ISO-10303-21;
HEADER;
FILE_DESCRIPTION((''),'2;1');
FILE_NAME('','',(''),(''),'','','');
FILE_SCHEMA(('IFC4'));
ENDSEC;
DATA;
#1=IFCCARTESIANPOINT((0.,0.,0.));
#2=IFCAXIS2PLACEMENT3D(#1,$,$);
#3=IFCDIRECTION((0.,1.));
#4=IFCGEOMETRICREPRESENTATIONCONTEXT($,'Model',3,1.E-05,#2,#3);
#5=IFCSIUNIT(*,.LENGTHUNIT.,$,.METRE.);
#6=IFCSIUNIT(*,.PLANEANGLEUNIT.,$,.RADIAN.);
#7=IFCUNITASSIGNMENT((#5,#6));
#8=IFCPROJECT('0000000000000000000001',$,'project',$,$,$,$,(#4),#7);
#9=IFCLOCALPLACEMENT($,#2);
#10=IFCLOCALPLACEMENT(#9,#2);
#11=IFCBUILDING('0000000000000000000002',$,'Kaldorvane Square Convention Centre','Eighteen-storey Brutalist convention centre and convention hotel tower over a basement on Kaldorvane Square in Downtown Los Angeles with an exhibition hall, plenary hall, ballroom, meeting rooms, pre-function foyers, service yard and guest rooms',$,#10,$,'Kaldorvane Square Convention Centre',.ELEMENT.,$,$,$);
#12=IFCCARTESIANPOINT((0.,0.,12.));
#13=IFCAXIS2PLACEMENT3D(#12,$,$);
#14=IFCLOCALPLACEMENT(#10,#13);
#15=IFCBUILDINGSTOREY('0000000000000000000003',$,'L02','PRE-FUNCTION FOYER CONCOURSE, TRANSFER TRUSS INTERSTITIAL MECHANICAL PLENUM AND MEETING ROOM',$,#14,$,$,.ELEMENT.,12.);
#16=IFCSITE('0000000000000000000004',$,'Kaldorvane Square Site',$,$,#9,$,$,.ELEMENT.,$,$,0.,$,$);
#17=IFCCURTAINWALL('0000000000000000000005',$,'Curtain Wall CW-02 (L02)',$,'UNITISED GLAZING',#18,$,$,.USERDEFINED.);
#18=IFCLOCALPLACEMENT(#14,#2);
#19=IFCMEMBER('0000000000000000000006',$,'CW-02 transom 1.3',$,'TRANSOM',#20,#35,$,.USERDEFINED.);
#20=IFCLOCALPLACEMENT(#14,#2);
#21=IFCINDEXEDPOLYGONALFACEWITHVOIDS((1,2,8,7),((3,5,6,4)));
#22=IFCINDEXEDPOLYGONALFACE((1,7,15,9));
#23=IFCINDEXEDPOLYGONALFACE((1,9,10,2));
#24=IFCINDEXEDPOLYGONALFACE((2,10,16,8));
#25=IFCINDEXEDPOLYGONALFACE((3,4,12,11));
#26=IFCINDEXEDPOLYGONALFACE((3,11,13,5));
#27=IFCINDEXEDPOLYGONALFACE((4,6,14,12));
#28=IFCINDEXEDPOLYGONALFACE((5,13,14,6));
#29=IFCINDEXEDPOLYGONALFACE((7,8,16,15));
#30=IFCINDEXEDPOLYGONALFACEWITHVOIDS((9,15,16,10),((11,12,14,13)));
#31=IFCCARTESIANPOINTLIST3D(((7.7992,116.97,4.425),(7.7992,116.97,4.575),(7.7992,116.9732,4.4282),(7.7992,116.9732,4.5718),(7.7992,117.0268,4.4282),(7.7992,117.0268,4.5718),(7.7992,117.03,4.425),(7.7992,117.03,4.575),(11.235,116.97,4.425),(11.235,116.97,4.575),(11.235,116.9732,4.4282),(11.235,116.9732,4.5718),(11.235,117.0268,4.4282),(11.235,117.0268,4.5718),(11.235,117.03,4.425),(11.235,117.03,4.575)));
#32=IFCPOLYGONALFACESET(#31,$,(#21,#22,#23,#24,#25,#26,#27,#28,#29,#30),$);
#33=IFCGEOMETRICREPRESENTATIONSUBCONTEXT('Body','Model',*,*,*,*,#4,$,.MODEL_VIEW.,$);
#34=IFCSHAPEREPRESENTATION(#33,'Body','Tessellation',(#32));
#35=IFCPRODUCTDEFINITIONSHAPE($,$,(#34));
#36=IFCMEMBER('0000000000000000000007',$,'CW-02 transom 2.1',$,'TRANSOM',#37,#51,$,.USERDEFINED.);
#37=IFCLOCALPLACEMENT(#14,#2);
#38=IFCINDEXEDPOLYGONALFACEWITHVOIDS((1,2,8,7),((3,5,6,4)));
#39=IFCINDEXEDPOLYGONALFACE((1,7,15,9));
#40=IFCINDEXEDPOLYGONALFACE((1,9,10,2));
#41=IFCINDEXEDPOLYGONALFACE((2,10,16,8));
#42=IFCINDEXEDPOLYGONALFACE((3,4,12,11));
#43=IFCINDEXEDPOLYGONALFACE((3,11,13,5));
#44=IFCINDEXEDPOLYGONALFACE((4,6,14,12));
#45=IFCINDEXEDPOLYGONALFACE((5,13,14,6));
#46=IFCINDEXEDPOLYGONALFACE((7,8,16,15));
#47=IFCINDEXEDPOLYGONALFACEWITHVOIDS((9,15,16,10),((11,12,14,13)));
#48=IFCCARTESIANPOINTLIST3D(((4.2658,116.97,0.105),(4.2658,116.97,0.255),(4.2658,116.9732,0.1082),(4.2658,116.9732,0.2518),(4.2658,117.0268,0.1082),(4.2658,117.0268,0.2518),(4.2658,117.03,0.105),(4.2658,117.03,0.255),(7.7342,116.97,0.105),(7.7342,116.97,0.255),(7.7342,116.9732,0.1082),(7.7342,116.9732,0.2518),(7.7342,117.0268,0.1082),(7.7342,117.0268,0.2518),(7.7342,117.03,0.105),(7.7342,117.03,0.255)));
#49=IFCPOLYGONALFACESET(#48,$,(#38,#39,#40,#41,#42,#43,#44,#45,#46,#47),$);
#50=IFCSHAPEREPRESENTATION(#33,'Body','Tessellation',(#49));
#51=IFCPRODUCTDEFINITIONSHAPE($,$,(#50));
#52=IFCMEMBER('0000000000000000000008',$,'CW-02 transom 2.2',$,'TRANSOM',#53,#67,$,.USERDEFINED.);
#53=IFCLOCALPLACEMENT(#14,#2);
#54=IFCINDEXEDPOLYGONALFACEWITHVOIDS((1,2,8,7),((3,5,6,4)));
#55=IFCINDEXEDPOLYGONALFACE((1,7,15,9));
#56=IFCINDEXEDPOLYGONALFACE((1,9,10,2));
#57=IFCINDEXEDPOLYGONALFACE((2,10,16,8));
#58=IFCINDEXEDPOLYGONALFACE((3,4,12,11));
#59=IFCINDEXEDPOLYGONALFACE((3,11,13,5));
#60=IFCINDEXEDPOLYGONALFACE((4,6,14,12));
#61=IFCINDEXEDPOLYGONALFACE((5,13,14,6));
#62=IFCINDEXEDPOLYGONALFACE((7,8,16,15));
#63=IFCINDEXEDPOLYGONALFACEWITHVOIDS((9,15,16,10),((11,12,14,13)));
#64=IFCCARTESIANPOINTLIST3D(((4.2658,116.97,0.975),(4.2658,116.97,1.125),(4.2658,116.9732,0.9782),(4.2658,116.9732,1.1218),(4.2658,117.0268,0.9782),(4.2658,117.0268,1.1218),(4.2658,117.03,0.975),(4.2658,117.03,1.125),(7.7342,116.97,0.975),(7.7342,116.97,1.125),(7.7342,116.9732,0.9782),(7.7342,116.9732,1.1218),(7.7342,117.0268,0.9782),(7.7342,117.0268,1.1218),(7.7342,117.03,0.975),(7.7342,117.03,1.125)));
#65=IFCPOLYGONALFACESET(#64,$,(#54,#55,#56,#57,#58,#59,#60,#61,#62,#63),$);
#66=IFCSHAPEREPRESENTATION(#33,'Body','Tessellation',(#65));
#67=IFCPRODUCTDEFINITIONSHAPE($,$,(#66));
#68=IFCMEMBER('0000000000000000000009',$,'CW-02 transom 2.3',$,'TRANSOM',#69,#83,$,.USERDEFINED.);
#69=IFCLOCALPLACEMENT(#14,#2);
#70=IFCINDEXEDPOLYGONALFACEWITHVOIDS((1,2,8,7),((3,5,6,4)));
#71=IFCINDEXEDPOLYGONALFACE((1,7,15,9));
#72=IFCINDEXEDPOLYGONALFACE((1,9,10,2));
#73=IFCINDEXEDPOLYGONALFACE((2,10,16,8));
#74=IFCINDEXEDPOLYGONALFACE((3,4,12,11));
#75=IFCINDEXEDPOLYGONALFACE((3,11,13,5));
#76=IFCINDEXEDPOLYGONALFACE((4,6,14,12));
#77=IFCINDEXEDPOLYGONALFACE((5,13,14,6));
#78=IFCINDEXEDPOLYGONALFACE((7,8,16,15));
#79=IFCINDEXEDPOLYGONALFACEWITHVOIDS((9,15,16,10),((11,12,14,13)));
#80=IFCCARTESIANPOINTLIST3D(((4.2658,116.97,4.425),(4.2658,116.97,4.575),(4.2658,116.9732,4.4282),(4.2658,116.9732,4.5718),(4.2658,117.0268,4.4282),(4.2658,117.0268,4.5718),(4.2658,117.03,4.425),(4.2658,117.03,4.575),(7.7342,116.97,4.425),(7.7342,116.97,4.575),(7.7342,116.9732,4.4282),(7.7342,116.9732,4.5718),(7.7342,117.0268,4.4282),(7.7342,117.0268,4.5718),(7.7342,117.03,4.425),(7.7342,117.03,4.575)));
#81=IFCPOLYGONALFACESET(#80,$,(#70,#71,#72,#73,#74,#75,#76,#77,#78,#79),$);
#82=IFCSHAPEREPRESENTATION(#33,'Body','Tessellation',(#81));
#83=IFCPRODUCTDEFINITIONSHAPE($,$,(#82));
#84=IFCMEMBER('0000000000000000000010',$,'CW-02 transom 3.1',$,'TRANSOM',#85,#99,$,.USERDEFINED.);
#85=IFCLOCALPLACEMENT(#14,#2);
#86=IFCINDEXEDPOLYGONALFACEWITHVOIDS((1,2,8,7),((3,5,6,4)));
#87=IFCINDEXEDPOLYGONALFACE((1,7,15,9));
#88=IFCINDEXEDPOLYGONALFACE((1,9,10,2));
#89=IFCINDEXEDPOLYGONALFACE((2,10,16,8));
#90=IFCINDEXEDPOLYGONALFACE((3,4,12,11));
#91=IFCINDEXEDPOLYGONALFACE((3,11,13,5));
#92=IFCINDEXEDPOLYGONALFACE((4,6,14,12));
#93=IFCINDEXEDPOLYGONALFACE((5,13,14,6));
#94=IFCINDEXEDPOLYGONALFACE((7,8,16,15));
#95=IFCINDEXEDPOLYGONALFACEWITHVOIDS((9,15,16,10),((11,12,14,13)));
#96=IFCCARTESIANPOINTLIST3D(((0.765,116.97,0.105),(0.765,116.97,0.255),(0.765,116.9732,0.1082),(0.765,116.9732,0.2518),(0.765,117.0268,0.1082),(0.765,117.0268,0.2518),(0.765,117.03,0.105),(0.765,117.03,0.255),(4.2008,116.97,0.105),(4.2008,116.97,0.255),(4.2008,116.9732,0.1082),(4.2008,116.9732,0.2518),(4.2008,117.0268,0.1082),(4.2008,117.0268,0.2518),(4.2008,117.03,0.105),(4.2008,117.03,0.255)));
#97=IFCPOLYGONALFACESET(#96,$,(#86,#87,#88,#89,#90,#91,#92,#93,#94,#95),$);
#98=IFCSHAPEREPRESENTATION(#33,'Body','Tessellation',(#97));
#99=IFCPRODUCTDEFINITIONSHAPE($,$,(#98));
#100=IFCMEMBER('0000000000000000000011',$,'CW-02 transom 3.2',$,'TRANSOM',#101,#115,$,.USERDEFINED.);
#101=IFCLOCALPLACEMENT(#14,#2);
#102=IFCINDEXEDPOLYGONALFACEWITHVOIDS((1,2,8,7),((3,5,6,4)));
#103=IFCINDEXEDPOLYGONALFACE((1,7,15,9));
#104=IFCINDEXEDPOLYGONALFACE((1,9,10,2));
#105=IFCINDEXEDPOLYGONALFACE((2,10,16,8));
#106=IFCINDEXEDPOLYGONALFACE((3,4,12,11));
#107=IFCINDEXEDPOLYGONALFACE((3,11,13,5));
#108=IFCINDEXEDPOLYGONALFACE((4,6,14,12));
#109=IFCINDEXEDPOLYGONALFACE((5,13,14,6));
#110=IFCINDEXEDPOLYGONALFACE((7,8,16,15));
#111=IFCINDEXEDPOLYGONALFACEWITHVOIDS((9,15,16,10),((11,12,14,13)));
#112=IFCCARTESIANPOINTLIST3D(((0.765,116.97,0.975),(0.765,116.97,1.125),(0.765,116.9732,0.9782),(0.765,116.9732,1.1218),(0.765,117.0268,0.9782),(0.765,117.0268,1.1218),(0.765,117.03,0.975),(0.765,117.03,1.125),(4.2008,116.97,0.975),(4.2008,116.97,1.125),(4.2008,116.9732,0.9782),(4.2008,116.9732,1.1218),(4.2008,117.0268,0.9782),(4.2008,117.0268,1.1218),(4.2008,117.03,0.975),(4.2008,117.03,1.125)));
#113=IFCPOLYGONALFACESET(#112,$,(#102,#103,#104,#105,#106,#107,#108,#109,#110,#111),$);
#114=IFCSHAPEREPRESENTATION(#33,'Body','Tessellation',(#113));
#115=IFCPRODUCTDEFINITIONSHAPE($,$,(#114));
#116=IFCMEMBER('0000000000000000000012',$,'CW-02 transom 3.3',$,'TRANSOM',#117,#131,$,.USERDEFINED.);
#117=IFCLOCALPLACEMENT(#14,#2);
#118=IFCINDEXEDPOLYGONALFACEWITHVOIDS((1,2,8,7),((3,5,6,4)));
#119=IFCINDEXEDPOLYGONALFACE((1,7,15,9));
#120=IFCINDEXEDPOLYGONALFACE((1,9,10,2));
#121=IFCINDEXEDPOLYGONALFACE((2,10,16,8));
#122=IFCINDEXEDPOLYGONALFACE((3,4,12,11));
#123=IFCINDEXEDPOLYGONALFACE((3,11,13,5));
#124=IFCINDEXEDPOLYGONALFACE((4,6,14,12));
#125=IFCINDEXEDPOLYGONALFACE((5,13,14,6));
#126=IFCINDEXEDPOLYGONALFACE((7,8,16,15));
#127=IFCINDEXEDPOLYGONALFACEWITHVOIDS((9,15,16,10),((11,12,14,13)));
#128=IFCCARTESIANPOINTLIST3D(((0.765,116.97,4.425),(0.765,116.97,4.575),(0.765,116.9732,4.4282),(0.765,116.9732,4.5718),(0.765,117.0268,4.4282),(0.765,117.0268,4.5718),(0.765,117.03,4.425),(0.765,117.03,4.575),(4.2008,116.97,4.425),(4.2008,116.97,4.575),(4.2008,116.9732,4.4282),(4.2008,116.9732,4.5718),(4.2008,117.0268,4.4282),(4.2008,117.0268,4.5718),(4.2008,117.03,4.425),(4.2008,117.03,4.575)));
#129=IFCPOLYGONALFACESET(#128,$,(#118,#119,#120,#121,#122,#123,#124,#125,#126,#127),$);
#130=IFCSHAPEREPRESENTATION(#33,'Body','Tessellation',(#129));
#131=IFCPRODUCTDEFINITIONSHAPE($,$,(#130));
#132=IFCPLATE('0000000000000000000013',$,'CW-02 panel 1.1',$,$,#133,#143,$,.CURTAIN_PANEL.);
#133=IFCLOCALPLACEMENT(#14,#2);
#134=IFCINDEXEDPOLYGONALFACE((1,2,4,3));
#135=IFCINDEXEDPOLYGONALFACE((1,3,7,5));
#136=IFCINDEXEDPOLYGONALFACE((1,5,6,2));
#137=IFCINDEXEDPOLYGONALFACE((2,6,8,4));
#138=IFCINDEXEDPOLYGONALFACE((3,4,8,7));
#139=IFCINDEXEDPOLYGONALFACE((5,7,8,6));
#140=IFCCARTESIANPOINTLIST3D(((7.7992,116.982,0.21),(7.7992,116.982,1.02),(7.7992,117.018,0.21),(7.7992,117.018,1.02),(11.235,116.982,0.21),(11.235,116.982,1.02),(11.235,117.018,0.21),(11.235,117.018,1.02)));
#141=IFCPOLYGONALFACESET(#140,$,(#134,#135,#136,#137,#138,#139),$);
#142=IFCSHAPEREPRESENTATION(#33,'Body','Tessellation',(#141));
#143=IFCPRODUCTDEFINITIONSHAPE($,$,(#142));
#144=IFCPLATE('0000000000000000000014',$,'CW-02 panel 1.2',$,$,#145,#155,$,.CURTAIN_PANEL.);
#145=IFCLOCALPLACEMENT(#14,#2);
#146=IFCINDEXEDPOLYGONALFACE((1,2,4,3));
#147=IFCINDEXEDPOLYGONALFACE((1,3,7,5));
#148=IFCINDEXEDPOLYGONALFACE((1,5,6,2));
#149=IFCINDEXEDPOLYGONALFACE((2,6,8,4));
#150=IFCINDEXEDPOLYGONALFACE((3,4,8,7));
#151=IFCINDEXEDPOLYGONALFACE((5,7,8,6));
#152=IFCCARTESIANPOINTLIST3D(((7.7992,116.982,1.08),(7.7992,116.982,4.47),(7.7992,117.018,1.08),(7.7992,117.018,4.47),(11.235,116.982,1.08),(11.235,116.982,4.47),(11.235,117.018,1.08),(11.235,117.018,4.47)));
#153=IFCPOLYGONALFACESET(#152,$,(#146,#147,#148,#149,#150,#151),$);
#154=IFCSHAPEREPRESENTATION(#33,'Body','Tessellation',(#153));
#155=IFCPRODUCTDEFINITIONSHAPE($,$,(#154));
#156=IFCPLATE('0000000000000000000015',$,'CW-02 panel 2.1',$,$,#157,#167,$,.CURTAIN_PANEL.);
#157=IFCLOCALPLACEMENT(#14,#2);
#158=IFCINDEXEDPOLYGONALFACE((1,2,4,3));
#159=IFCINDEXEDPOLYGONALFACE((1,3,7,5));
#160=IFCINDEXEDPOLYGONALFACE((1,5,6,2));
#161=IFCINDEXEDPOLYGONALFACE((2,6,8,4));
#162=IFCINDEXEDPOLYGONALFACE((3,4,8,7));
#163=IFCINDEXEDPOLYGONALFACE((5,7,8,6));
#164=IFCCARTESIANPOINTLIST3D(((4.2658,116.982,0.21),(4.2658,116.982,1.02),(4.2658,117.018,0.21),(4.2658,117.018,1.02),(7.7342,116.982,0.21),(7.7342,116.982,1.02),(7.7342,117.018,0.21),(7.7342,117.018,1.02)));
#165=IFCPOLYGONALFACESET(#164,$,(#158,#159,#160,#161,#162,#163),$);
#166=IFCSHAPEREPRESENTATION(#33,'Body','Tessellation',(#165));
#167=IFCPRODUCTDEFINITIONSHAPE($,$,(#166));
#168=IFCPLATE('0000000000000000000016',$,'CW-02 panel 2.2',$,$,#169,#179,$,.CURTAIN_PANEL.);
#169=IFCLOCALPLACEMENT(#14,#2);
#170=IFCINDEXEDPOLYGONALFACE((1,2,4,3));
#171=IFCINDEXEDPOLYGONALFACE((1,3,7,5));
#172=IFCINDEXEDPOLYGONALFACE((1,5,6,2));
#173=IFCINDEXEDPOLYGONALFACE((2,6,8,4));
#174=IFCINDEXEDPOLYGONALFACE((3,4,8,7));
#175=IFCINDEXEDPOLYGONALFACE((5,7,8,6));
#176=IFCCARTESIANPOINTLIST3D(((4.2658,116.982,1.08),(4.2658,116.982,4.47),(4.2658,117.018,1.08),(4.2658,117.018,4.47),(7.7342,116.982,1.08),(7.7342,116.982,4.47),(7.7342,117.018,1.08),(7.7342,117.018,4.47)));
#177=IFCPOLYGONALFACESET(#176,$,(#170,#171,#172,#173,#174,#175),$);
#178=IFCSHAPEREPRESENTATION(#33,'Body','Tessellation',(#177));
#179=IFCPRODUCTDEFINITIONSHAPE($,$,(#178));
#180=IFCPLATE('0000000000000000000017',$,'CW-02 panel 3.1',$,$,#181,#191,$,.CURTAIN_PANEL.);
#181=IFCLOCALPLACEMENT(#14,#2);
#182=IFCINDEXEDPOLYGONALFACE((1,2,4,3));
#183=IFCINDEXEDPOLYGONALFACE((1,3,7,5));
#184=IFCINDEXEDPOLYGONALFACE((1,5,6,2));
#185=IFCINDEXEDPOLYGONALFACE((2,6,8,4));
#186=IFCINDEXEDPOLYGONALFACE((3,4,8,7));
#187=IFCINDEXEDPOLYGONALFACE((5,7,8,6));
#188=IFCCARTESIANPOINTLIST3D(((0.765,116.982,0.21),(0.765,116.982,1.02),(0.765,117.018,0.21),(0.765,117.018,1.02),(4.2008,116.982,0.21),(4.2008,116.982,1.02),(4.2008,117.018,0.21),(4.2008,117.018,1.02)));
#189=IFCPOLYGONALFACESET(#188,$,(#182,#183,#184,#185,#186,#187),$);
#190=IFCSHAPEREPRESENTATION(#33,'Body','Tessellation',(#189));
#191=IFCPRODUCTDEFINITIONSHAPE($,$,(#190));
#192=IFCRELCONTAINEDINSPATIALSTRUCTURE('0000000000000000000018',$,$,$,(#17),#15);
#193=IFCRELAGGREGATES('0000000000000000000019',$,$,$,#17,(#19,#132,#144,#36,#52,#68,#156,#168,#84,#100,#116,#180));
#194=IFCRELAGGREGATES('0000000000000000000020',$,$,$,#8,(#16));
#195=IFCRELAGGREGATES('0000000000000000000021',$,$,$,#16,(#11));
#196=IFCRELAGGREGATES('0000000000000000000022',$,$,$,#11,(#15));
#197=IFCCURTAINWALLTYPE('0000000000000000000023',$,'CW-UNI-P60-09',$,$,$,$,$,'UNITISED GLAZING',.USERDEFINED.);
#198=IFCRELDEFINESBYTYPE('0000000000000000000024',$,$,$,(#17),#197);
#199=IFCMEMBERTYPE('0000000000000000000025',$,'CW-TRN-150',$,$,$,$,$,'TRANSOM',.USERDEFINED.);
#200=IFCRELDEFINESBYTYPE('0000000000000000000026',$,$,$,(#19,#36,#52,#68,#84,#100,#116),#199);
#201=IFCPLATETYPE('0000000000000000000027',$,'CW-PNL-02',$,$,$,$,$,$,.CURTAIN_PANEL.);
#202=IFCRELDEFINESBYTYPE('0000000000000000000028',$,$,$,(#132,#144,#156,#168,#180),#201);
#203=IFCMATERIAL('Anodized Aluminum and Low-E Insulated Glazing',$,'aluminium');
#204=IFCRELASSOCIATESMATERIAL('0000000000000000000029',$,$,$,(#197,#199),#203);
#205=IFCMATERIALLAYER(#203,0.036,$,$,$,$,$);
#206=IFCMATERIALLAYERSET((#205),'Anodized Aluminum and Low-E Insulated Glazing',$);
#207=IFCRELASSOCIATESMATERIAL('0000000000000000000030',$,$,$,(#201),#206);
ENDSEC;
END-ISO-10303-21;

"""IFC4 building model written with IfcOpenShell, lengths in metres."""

from ifc_helpers import new_model, si_unit, direction, frame, origin, origin_2d, place, context, subcontext, project, spatial, rectangle, hollow_rectangle, extrude, material, layer, layer_set, material_profile, profile_set, type_object, element, aggregate, save


model = new_model("IFC4")

# Units and contexts
model_context = context("Model", 3, precision=1e-05, world=origin(), true_north=direction((0.0, 1.0)))
body_context = subcontext(model_context, "Body", "Model", "MODEL_VIEW")
ifc_project = project(units=[si_unit("LENGTHUNIT", "METRE"), si_unit("PLANEANGLEUNIT", "RADIAN")], contexts=[model_context])

# Site, building, storey
site_placement = place(None, origin())
site = spatial("IfcSite", under=ifc_project, at=site_placement, Name="Kaldorvane Square Site", CompositionType="ELEMENT", RefElevation=0.0)
building_placement = place(site_placement, origin())
building = spatial("IfcBuilding", under=site, at=building_placement, Name="Kaldorvane Square Convention Centre", Description="Eighteen-storey Brutalist convention centre and convention hotel tower over a basement on Kaldorvane Square in Downtown Los Angeles with an exhibition hall, plenary hall, ballroom, meeting rooms, pre-function foyers, service yard and guest rooms", LongName="Kaldorvane Square Convention Centre", CompositionType="ELEMENT")
storey_placement = place(building_placement, frame((0.0, 0.0, 12.0)))
storey = spatial("IfcBuildingStorey", under=building, at=storey_placement, Name="L02", Description="PRE-FUNCTION FOYER CONCOURSE, TRANSFER TRUSS INTERSTITIAL MECHANICAL PLENUM AND MEETING ROOM", CompositionType="ELEMENT", Elevation=12.0)

# Curtain wall, members, plates
ifc_material_1 = material(Name="Anodized Aluminum and Low-E Insulated Glazing", Category="aluminium")
curtain_wall_type = type_object("IfcCurtainWallType", Name="CW-UNI-P60-09", ElementType="UNITISED GLAZING", PredefinedType="USERDEFINED", material=ifc_material_1)
curtain_wall_placement = place(storey_placement, origin())
curtain_wall = element("IfcCurtainWall", 1, at=curtain_wall_placement, inside=storey, type_object=curtain_wall_type, Name="Curtain Wall CW-02 (L02)", ObjectType="UNITISED GLAZING", PredefinedType="USERDEFINED")
ifc_material_profile_1 = material_profile(ifc_material_1, hollow_rectangle(XDim=0.06, YDim=0.15, WallThickness=0.0032, at=origin_2d()), Name="CWT-150X60")
ifc_profile_set_1 = profile_set([ifc_material_profile_1], Name="Anodized Aluminum and Low-E Insulated Glazing")
member_type_1 = type_object("IfcMemberType", Name="CW-TRN-150", ElementType="TRANSOM", PredefinedType="USERDEFINED", material=ifc_profile_set_1)
member_1_placement = place(storey_placement, frame((11.235, 117.0, 4.5), z_axis=(-1.0, 0.0, 0.0), x_axis=(0.0, -1.0, 0.0)))
member_1 = element("IfcMember", 2, at=member_1_placement, type_object=member_type_1, Name="CW-02 transom 1.3", ObjectType="TRANSOM", PredefinedType="USERDEFINED", context=body_context, shape_type="SweptSolid", body=[
    extrude(hollow_rectangle(XDim=0.06, YDim=0.15, WallThickness=0.0032, at=origin_2d()), origin(), (0.0, 0.0, 1.0), 3.4358),
])
member_2_placement = place(storey_placement, frame((7.7342, 117.0, 0.18), z_axis=(-1.0, 0.0, 0.0), x_axis=(0.0, -1.0, 0.0)))
member_2 = element("IfcMember", 3, at=member_2_placement, type_object=member_type_1, Name="CW-02 transom 2.1", ObjectType="TRANSOM", PredefinedType="USERDEFINED", context=body_context, shape_type="SweptSolid", body=[
    extrude(hollow_rectangle(XDim=0.06, YDim=0.15, WallThickness=0.0032, at=origin_2d()), origin(), (0.0, 0.0, 1.0), 3.4683),
])
member_3_placement = place(storey_placement, frame((7.7342, 117.0, 1.05), z_axis=(-1.0, 0.0, 0.0), x_axis=(0.0, -1.0, 0.0)))
member_3 = element("IfcMember", 4, at=member_3_placement, type_object=member_type_1, Name="CW-02 transom 2.2", ObjectType="TRANSOM", PredefinedType="USERDEFINED", context=body_context, shape_type="SweptSolid", body=[
    extrude(hollow_rectangle(XDim=0.06, YDim=0.15, WallThickness=0.0032, at=origin_2d()), origin(), (0.0, 0.0, 1.0), 3.4683),
])
member_4_placement = place(storey_placement, frame((7.7342, 117.0, 4.5), z_axis=(-1.0, 0.0, 0.0), x_axis=(0.0, -1.0, 0.0)))
member_4 = element("IfcMember", 5, at=member_4_placement, type_object=member_type_1, Name="CW-02 transom 2.3", ObjectType="TRANSOM", PredefinedType="USERDEFINED", context=body_context, shape_type="SweptSolid", body=[
    extrude(hollow_rectangle(XDim=0.06, YDim=0.15, WallThickness=0.0032, at=origin_2d()), origin(), (0.0, 0.0, 1.0), 3.4683),
])
member_5_placement = place(storey_placement, frame((4.2008, 117.0, 0.18), z_axis=(-1.0, 0.0, 0.0), x_axis=(0.0, -1.0, 0.0)))
member_5 = element("IfcMember", 6, at=member_5_placement, type_object=member_type_1, Name="CW-02 transom 3.1", ObjectType="TRANSOM", PredefinedType="USERDEFINED", context=body_context, shape_type="SweptSolid", body=[
    extrude(hollow_rectangle(XDim=0.06, YDim=0.15, WallThickness=0.0032, at=origin_2d()), origin(), (0.0, 0.0, 1.0), 3.4358),
])
member_6_placement = place(storey_placement, frame((4.2008, 117.0, 1.05), z_axis=(-1.0, 0.0, 0.0), x_axis=(0.0, -1.0, 0.0)))
member_6 = element("IfcMember", 7, at=member_6_placement, type_object=member_type_1, Name="CW-02 transom 3.2", ObjectType="TRANSOM", PredefinedType="USERDEFINED", context=body_context, shape_type="SweptSolid", body=[
    extrude(hollow_rectangle(XDim=0.06, YDim=0.15, WallThickness=0.0032, at=origin_2d()), origin(), (0.0, 0.0, 1.0), 3.4358),
])
member_7_placement = place(storey_placement, frame((4.2008, 117.0, 4.5), z_axis=(-1.0, 0.0, 0.0), x_axis=(0.0, -1.0, 0.0)))
member_7 = element("IfcMember", 8, at=member_7_placement, type_object=member_type_1, Name="CW-02 transom 3.3", ObjectType="TRANSOM", PredefinedType="USERDEFINED", context=body_context, shape_type="SweptSolid", body=[
    extrude(hollow_rectangle(XDim=0.06, YDim=0.15, WallThickness=0.0032, at=origin_2d()), origin(), (0.0, 0.0, 1.0), 3.4358),
])
ifc_layer_1 = layer(ifc_material_1, 0.036)
ifc_layer_set_1 = layer_set([ifc_layer_1], Name="Anodized Aluminum and Low-E Insulated Glazing")
plate_type = type_object("IfcPlateType", Name="CW-PNL-02", PredefinedType="CURTAIN_PANEL", material=ifc_layer_set_1)
plate_1_placement = place(storey_placement, frame((9.5171, 117.0, 0.21), z_axis=(0.0, 0.0, 1.0), x_axis=(-1.0, 0.0, 0.0)))
plate_1 = element("IfcPlate", 9, at=plate_1_placement, type_object=plate_type, Name="CW-02 panel 1.1", PredefinedType="CURTAIN_PANEL", context=body_context, shape_type="SweptSolid", body=[
    extrude(rectangle(XDim=3.4358, YDim=0.036, at=origin_2d()), origin(), (0.0, 0.0, 1.0), 0.81),
])
plate_2_placement = place(storey_placement, frame((9.5171, 117.0, 1.08), z_axis=(0.0, 0.0, 1.0), x_axis=(-1.0, 0.0, 0.0)))
plate_2 = element("IfcPlate", 10, at=plate_2_placement, type_object=plate_type, Name="CW-02 panel 1.2", PredefinedType="CURTAIN_PANEL", context=body_context, shape_type="SweptSolid", body=[
    extrude(rectangle(XDim=3.4358, YDim=0.036, at=origin_2d()), origin(), (0.0, 0.0, 1.0), 3.39),
])
plate_3_placement = place(storey_placement, frame((6.0, 117.0, 0.21), z_axis=(0.0, 0.0, 1.0), x_axis=(-1.0, 0.0, 0.0)))
plate_3 = element("IfcPlate", 11, at=plate_3_placement, type_object=plate_type, Name="CW-02 panel 2.1", PredefinedType="CURTAIN_PANEL", context=body_context, shape_type="SweptSolid", body=[
    extrude(rectangle(XDim=3.4683, YDim=0.036, at=origin_2d()), origin(), (0.0, 0.0, 1.0), 0.81),
])
plate_4_placement = place(storey_placement, frame((6.0, 117.0, 1.08), z_axis=(0.0, 0.0, 1.0), x_axis=(-1.0, 0.0, 0.0)))
plate_4 = element("IfcPlate", 12, at=plate_4_placement, type_object=plate_type, Name="CW-02 panel 2.2", PredefinedType="CURTAIN_PANEL", context=body_context, shape_type="SweptSolid", body=[
    extrude(rectangle(XDim=3.4683, YDim=0.036, at=origin_2d()), origin(), (0.0, 0.0, 1.0), 3.39),
])
plate_5_placement = place(storey_placement, frame((2.4829, 117.0, 0.21), z_axis=(0.0, 0.0, 1.0), x_axis=(-1.0, 0.0, 0.0)))
plate_5 = element("IfcPlate", 13, at=plate_5_placement, type_object=plate_type, Name="CW-02 panel 3.1", PredefinedType="CURTAIN_PANEL", context=body_context, shape_type="SweptSolid", body=[
    extrude(rectangle(XDim=3.4358, YDim=0.036, at=origin_2d()), origin(), (0.0, 0.0, 1.0), 0.81),
])
aggregate(curtain_wall, [member_1, plate_1, plate_2, member_2, member_3, member_4, plate_3, plate_4, member_5, member_6, member_7, plate_5])

save(model, "model.ifc")
